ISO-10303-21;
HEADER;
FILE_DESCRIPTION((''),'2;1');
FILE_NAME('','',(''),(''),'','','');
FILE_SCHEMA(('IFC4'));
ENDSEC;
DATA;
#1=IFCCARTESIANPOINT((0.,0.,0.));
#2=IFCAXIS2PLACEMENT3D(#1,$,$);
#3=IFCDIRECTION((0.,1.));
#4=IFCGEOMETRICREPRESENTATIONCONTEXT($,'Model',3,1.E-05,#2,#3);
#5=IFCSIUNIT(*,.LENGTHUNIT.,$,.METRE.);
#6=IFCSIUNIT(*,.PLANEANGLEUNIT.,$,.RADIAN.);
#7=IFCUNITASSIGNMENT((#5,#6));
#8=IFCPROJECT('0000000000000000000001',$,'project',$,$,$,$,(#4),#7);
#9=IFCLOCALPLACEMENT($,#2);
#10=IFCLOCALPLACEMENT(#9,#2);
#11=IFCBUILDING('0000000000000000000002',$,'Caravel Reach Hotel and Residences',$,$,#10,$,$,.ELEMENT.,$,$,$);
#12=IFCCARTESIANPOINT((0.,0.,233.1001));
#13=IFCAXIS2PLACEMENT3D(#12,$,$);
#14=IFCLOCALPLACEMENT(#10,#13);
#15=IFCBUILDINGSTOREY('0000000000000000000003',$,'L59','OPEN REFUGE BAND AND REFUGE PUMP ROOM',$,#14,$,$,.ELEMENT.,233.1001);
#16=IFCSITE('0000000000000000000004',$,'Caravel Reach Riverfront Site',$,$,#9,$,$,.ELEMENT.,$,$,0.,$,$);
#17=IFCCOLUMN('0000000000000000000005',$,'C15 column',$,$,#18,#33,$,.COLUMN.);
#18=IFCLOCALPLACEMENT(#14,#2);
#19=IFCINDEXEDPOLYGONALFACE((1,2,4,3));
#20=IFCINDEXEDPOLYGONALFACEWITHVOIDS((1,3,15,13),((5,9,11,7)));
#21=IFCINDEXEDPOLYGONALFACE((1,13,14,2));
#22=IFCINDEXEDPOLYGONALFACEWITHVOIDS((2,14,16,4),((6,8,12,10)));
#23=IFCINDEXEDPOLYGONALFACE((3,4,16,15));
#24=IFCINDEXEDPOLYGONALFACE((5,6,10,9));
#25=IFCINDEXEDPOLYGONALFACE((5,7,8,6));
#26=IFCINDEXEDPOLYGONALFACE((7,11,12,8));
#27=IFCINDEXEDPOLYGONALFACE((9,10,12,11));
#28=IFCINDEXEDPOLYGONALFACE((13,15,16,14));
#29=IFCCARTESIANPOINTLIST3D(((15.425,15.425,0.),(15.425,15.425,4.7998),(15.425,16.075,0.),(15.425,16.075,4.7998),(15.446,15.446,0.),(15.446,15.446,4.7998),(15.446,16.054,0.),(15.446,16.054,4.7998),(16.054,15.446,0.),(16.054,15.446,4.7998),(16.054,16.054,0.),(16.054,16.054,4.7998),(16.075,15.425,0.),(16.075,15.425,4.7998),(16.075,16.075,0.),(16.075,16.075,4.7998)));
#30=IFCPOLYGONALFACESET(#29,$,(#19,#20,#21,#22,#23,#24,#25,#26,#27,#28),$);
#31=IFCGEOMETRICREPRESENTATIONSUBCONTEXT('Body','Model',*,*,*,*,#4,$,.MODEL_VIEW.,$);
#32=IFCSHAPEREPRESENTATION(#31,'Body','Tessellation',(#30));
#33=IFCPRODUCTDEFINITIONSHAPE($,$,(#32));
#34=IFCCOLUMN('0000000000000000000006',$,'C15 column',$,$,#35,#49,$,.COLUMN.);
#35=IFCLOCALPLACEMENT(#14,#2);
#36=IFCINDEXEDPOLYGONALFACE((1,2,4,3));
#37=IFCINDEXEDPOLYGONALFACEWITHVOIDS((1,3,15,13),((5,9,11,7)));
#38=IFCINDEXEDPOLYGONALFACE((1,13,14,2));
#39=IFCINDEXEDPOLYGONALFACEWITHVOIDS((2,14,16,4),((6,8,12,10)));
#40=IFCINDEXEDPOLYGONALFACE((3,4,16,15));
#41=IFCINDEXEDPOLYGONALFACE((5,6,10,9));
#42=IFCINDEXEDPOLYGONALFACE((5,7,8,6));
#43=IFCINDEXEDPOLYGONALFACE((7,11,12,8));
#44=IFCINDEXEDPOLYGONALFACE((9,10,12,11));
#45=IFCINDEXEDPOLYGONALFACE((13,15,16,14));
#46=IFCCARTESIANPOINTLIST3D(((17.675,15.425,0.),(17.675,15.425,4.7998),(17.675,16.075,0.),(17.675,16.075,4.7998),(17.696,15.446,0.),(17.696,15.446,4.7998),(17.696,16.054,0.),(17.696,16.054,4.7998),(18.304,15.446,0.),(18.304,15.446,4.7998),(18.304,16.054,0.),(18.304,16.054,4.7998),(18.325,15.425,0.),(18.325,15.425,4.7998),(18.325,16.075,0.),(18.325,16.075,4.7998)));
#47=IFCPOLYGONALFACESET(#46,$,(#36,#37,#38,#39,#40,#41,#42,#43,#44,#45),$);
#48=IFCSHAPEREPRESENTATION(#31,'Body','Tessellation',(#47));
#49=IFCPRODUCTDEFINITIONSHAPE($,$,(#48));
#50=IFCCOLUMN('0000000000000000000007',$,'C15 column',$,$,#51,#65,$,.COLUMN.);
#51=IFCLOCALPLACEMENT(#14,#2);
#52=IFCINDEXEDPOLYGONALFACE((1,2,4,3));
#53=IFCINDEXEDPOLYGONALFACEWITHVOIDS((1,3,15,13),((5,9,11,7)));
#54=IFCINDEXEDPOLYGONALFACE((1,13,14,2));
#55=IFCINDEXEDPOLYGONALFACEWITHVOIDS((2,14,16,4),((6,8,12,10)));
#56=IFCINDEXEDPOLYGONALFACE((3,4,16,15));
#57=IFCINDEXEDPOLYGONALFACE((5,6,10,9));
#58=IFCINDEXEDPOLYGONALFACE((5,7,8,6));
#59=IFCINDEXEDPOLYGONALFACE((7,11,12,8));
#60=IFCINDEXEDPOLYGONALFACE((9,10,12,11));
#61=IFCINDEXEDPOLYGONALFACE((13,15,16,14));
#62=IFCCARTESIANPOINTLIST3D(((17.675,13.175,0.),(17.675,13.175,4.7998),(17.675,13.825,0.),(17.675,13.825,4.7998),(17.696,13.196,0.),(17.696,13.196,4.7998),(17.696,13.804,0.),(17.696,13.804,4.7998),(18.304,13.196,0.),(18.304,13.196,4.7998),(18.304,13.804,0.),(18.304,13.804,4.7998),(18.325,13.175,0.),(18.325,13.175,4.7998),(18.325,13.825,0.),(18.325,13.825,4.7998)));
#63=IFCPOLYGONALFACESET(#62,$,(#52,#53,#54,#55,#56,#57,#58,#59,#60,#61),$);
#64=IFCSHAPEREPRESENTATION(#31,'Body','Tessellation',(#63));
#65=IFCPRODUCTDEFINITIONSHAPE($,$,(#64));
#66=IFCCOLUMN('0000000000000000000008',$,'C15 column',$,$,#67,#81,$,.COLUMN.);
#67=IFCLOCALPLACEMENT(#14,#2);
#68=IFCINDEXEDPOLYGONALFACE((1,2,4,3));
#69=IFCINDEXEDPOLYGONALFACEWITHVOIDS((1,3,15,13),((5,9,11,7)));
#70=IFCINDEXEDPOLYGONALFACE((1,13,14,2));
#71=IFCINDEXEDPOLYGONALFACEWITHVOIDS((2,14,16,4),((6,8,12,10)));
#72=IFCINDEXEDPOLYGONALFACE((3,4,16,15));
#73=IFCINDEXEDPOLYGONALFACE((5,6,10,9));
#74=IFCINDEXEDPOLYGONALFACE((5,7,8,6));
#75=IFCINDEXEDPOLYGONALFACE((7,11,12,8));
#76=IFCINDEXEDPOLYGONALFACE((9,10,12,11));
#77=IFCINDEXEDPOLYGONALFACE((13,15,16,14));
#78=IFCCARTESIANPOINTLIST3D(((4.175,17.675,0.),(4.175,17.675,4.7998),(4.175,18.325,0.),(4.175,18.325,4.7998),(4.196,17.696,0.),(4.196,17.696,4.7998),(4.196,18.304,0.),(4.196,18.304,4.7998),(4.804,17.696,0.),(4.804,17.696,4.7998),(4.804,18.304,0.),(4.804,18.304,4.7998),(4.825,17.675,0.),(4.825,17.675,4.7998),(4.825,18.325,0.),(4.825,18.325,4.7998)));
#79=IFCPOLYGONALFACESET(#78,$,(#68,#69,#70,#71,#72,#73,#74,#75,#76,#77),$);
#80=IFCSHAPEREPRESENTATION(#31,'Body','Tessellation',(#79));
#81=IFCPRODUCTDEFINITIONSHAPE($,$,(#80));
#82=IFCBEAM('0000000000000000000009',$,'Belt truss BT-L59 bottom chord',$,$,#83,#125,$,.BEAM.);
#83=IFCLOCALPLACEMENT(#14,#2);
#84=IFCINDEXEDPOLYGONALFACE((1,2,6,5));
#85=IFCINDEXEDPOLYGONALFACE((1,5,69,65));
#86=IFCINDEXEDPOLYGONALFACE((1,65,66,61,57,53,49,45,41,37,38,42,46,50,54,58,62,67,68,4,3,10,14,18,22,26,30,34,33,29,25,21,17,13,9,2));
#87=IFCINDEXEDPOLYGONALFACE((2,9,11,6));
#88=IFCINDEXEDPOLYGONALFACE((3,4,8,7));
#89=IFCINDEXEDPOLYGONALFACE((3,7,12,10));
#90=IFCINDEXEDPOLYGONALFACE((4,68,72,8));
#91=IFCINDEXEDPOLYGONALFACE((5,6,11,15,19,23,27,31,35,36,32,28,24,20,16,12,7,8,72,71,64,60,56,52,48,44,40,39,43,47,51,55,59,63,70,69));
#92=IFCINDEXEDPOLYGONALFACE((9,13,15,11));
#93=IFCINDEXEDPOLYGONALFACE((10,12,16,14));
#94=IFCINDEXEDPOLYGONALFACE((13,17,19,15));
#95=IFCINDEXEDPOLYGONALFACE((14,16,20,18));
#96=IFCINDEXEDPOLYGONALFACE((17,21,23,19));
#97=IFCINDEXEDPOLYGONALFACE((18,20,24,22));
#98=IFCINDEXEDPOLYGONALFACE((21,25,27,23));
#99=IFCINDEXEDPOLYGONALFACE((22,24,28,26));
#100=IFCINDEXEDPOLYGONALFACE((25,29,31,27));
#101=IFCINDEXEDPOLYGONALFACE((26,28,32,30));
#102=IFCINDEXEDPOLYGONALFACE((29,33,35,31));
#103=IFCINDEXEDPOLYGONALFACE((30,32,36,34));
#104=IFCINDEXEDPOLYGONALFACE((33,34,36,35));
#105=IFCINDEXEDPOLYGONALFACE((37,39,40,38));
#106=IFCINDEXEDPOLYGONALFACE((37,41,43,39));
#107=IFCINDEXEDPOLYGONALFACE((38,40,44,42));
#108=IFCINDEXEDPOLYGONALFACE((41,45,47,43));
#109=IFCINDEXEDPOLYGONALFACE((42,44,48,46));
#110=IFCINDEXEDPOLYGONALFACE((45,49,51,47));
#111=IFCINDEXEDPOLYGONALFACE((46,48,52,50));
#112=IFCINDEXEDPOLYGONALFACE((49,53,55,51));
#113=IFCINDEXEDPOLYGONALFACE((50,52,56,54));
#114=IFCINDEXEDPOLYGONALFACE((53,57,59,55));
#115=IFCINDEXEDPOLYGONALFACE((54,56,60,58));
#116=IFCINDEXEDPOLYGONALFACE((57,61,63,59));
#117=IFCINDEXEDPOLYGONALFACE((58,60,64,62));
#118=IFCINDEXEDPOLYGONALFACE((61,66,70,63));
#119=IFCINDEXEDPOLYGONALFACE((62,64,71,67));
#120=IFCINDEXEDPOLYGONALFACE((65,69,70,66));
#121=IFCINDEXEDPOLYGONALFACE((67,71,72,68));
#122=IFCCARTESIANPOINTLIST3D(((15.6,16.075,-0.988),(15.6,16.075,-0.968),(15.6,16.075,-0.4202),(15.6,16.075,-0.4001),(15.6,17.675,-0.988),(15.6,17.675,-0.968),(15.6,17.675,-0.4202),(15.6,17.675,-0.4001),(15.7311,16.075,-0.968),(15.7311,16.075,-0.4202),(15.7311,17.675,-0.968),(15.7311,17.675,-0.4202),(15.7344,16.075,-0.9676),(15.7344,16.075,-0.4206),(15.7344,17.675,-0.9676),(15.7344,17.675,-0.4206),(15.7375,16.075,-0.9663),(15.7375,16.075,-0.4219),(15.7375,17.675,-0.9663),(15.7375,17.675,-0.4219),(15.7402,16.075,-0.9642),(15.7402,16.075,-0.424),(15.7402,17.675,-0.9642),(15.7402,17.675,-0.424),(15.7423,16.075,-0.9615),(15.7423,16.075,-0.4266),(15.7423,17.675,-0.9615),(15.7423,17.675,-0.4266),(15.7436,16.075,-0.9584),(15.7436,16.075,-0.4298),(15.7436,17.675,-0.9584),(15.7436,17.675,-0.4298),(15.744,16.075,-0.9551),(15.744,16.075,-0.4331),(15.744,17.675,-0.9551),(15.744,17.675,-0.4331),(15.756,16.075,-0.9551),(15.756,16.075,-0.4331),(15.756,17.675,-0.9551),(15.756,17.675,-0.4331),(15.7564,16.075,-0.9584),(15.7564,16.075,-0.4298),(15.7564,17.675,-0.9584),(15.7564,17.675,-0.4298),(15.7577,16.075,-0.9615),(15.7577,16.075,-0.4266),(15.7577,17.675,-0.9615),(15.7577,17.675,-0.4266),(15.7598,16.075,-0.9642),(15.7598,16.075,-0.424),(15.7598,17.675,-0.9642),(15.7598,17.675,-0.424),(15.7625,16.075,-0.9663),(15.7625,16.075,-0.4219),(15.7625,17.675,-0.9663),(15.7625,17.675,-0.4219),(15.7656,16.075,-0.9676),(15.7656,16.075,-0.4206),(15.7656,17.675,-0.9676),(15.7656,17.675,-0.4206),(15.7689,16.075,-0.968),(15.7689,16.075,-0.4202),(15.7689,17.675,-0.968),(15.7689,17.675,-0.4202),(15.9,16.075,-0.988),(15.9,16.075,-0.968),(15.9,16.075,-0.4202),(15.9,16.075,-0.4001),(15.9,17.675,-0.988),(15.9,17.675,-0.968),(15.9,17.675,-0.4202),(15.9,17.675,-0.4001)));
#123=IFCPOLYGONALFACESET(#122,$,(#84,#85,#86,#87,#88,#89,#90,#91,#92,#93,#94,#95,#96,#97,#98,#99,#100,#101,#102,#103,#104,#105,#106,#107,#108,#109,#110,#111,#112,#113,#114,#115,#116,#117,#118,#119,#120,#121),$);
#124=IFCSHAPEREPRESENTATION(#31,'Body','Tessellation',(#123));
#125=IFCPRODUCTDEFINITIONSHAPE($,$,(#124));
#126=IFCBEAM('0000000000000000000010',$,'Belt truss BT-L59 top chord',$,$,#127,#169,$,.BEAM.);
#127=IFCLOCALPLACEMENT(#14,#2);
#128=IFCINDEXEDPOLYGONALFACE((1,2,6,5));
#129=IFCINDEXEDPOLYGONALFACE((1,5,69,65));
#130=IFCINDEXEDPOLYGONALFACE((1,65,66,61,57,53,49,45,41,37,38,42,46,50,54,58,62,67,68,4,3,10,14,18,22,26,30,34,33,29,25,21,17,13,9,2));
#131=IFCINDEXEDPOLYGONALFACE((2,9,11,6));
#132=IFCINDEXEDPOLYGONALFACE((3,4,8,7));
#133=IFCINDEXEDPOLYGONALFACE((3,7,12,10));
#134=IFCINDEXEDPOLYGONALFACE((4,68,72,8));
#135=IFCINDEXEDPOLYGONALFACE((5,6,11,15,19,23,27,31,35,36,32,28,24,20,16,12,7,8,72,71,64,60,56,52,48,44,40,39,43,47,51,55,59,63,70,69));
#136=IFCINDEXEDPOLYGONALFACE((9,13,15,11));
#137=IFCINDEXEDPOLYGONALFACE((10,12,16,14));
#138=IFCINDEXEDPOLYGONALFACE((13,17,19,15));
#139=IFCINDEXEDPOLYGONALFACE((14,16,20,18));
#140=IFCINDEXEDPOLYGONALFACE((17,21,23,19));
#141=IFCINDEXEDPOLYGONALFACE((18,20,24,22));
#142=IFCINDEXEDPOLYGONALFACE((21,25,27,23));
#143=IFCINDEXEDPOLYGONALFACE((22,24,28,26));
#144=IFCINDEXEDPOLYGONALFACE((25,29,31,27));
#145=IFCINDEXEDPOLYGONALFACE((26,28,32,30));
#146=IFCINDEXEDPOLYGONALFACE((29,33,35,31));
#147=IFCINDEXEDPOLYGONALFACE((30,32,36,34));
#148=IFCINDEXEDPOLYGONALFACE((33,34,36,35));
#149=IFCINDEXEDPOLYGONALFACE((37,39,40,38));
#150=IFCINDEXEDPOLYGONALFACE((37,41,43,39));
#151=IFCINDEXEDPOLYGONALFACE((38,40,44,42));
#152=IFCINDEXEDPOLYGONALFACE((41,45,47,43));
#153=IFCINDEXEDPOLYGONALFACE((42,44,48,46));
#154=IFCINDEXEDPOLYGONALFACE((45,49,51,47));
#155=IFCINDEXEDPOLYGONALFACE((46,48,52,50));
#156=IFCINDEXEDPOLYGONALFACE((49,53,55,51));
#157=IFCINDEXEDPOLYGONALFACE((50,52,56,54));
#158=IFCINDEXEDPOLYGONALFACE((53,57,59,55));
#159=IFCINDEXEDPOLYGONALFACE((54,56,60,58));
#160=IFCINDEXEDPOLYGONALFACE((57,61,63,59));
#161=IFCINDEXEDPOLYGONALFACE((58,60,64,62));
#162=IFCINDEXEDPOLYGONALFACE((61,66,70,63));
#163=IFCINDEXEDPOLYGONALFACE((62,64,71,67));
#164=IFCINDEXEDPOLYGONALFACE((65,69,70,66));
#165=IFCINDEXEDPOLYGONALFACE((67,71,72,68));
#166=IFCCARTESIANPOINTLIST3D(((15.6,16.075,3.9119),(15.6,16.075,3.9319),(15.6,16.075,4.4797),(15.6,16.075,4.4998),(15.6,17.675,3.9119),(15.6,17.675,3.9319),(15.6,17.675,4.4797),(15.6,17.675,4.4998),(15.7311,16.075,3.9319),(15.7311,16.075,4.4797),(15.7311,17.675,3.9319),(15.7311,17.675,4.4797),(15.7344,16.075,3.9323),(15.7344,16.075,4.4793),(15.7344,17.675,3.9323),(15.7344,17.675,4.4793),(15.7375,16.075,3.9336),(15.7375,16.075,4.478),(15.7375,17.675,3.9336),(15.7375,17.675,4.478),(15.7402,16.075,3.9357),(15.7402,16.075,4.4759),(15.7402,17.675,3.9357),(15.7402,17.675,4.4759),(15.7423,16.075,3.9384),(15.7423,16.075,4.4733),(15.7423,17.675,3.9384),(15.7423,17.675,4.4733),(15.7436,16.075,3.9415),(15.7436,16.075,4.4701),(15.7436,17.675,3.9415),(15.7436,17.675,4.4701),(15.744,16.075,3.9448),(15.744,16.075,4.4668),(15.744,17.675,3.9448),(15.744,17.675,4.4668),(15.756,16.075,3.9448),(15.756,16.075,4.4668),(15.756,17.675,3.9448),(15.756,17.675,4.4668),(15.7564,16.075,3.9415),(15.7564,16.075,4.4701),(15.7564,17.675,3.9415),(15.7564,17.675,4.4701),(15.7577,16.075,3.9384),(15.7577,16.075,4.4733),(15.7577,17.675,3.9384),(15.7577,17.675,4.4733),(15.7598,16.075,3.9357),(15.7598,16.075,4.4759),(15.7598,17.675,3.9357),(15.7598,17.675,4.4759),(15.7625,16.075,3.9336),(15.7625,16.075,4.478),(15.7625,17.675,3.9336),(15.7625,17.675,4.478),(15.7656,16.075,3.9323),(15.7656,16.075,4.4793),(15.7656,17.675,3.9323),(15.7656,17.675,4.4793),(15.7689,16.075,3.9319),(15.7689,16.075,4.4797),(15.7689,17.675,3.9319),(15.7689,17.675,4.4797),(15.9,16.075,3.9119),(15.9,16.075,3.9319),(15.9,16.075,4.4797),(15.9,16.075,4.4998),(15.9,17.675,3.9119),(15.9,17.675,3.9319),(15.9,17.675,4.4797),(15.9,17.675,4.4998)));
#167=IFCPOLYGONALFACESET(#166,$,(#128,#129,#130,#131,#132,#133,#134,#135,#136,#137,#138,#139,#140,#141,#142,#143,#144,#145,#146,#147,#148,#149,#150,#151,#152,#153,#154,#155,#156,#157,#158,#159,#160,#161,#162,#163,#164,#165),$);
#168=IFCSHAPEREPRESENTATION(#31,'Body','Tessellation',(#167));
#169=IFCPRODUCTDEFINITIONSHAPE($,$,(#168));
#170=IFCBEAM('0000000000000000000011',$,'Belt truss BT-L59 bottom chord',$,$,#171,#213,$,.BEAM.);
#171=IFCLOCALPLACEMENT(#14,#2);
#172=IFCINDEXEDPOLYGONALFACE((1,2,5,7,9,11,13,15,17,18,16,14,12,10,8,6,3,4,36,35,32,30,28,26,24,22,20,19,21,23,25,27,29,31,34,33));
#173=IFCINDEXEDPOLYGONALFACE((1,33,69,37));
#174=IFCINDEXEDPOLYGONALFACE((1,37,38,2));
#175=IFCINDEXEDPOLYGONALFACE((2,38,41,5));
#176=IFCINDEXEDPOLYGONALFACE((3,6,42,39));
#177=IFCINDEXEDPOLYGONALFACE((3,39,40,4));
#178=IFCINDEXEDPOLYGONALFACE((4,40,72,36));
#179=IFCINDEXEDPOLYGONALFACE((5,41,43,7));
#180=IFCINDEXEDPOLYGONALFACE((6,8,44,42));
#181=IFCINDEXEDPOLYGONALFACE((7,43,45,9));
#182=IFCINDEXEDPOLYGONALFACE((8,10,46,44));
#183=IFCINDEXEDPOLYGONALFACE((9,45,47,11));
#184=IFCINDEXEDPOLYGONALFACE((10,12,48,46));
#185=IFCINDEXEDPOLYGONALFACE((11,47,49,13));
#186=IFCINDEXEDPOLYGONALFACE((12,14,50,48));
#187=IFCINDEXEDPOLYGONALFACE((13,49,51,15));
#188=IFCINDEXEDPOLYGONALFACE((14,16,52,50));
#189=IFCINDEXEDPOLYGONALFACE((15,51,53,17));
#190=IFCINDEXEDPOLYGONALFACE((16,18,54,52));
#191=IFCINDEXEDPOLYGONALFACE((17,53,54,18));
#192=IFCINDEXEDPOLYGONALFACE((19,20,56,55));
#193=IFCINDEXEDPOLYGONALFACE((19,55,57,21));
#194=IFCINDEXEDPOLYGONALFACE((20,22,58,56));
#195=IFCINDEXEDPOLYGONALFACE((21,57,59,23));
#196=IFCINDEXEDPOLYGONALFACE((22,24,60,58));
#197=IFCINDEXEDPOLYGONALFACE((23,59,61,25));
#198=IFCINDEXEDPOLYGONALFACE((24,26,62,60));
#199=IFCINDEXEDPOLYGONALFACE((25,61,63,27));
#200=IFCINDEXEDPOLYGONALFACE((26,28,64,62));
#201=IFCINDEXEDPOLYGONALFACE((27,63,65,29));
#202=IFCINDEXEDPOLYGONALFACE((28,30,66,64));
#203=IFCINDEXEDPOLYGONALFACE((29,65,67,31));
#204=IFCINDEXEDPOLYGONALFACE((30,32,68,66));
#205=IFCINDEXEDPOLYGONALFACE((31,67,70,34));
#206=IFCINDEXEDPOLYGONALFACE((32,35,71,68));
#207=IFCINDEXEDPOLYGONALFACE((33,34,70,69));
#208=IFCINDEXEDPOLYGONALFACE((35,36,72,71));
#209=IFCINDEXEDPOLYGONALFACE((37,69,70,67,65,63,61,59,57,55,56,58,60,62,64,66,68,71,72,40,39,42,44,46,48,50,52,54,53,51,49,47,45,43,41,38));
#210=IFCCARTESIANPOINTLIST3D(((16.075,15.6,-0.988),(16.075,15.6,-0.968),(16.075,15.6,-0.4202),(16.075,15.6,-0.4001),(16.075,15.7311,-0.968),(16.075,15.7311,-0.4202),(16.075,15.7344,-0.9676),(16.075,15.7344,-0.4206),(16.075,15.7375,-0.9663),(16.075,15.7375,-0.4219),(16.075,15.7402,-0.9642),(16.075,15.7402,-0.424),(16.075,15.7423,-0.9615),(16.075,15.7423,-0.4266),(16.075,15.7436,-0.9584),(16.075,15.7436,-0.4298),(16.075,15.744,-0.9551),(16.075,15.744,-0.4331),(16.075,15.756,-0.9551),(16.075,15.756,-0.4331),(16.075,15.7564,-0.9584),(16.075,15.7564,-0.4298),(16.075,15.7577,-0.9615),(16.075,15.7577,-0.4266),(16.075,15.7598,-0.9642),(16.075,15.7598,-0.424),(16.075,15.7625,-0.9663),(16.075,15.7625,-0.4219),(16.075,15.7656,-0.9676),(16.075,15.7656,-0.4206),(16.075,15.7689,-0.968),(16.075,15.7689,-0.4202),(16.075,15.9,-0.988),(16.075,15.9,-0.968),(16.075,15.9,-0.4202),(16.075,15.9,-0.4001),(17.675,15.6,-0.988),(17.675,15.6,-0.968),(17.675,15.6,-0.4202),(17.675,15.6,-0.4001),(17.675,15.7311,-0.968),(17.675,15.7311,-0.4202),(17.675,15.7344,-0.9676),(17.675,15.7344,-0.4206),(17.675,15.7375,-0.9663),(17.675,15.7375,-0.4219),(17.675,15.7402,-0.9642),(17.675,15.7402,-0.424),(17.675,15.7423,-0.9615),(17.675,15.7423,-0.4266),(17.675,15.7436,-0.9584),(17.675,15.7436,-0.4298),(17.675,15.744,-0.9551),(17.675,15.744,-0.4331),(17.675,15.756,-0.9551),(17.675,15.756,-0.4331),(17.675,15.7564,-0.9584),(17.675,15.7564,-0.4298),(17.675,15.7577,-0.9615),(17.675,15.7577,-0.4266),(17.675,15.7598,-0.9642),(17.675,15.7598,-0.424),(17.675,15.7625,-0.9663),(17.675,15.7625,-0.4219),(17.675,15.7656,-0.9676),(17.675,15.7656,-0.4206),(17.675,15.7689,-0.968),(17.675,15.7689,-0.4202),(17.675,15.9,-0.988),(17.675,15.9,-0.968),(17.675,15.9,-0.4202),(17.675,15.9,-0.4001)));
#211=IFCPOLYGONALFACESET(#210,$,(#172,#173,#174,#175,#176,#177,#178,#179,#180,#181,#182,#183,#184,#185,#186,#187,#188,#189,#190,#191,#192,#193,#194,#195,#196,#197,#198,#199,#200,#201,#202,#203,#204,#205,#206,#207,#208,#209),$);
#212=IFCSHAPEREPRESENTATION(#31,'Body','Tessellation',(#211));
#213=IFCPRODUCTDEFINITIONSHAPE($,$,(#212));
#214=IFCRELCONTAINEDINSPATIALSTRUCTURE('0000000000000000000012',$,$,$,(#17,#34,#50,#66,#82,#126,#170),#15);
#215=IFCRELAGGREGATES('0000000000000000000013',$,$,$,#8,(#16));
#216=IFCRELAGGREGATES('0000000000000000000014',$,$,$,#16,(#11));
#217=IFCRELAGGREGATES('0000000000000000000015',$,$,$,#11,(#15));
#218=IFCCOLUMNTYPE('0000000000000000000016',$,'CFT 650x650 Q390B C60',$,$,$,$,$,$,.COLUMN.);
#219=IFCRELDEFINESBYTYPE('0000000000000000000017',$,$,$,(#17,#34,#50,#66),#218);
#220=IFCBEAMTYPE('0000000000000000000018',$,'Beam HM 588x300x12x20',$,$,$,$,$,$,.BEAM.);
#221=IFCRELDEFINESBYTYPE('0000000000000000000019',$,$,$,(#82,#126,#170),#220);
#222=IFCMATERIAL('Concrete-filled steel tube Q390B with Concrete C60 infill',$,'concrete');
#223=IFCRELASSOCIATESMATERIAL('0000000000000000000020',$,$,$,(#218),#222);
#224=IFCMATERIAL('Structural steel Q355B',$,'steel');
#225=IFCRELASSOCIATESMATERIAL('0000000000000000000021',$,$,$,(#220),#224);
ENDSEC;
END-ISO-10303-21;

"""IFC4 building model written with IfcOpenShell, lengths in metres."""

from ifc_helpers import new_model, si_unit, direction, frame, origin, origin_2d, place, context, subcontext, project, spatial, hollow_rectangle, i_section, extrude, material, material_profile, profile_set, type_object, element, save


model = new_model("IFC4")

# Units and contexts
model_context = context("Model", 3, precision=1e-05, world=origin(), true_north=direction((0.0, 1.0)))
body_context = subcontext(model_context, "Body", "Model", "MODEL_VIEW")
ifc_project = project(units=[si_unit("LENGTHUNIT", "METRE"), si_unit("PLANEANGLEUNIT", "RADIAN")], contexts=[model_context])

# Site, building, storey
site_placement = place(None, origin())
site = spatial("IfcSite", under=ifc_project, at=site_placement, Name="Caravel Reach Riverfront Site", CompositionType="ELEMENT", RefElevation=0.0)
building_placement = place(site_placement, origin())
building = spatial("IfcBuilding", under=site, at=building_placement, Name="Caravel Reach Hotel and Residences", CompositionType="ELEMENT")
storey_placement = place(building_placement, frame((0.0, 0.0, 233.1001)))
storey = spatial("IfcBuildingStorey", under=building, at=storey_placement, Name="L59", Description="OPEN REFUGE BAND AND REFUGE PUMP ROOM", CompositionType="ELEMENT", Elevation=233.1001)

# Columns
ifc_material_1 = material(Name="Concrete-filled steel tube Q390B with Concrete C60 infill", Category="concrete")
ifc_material_profile_1 = material_profile(ifc_material_1, hollow_rectangle(XDim=0.6499, YDim=0.6499, WallThickness=0.021, at=origin_2d()), Name="RHS 650x650x21")
ifc_profile_set_1 = profile_set([ifc_material_profile_1], Name="Concrete-filled steel tube Q390B with Concrete C60 infill")
column_type = type_object("IfcColumnType", Name="CFT 650x650 Q390B C60", PredefinedType="COLUMN", material=ifc_profile_set_1)
for number, where, z_axis, x_axis, name in (
    (1, (15.75, 15.75, 0.0), (0.0, 0.0, 1.0), (1.0, 0.0, 0.0), "C15 column"),
    (2, (18.0, 15.75, 0.0), (0.0, 0.0, 1.0), (1.0, 0.0, 0.0), "C15 column"),
    (3, (18.0, 13.5, 0.0), (0.0, 0.0, 1.0), (1.0, 0.0, 0.0), "C15 column"),
    (4, (4.5, 18.0, 0.0), (0.0, 0.0, 1.0), (1.0, 0.0, 0.0), "C15 column"),
):
    element("IfcColumn", number, at=place(storey_placement, frame(where, z_axis=z_axis, x_axis=x_axis)), inside=storey, type_object=column_type, Name=name, PredefinedType="COLUMN", context=body_context, shape_type="SweptSolid", body=[
        extrude(hollow_rectangle(XDim=0.6499, YDim=0.6499, WallThickness=0.021, at=origin_2d()), origin(), (0.0, 0.0, 1.0), 4.7998),
    ])

# Beams
ifc_material_2 = material(Name="Structural steel Q355B", Category="steel")
ifc_material_profile_2 = material_profile(ifc_material_2, i_section(OverallWidth=0.3, OverallDepth=0.5879, WebThickness=0.012, FlangeThickness=0.02, FilletRadius=0.0129, at=origin_2d()), Name="HM 588x300x12x20")
ifc_profile_set_2 = profile_set([ifc_material_profile_2], Name="Structural steel Q355B")
beam_type_1 = type_object("IfcBeamType", Name="Beam HM 588x300x12x20", PredefinedType="BEAM", material=ifc_profile_set_2)
for number, where, z_axis, x_axis, name in (
    (5, (15.75, 17.675, -0.6941), (0.0, -1.0, 0.0), (1.0, 0.0, 0.0), "Belt truss BT-L59 bottom chord"),
    (6, (15.75, 17.675, 4.2058), (0.0, -1.0, 0.0), (1.0, 0.0, 0.0), "Belt truss BT-L59 top chord"),
    (7, (16.075, 15.75, -0.6941), (1.0, 0.0, 0.0), (0.0, 1.0, 0.0), "Belt truss BT-L59 bottom chord"),
):
    element("IfcBeam", number, at=place(storey_placement, frame(where, z_axis=z_axis, x_axis=x_axis)), inside=storey, type_object=beam_type_1, Name=name, PredefinedType="BEAM", context=body_context, shape_type="SweptSolid", body=[
        extrude(i_section(OverallWidth=0.3, OverallDepth=0.5879, WebThickness=0.012, FlangeThickness=0.02, FilletRadius=0.0129, at=origin_2d()), origin(), (0.0, 0.0, 1.0), 1.6001),
    ])

save(model, "model.ifc")
